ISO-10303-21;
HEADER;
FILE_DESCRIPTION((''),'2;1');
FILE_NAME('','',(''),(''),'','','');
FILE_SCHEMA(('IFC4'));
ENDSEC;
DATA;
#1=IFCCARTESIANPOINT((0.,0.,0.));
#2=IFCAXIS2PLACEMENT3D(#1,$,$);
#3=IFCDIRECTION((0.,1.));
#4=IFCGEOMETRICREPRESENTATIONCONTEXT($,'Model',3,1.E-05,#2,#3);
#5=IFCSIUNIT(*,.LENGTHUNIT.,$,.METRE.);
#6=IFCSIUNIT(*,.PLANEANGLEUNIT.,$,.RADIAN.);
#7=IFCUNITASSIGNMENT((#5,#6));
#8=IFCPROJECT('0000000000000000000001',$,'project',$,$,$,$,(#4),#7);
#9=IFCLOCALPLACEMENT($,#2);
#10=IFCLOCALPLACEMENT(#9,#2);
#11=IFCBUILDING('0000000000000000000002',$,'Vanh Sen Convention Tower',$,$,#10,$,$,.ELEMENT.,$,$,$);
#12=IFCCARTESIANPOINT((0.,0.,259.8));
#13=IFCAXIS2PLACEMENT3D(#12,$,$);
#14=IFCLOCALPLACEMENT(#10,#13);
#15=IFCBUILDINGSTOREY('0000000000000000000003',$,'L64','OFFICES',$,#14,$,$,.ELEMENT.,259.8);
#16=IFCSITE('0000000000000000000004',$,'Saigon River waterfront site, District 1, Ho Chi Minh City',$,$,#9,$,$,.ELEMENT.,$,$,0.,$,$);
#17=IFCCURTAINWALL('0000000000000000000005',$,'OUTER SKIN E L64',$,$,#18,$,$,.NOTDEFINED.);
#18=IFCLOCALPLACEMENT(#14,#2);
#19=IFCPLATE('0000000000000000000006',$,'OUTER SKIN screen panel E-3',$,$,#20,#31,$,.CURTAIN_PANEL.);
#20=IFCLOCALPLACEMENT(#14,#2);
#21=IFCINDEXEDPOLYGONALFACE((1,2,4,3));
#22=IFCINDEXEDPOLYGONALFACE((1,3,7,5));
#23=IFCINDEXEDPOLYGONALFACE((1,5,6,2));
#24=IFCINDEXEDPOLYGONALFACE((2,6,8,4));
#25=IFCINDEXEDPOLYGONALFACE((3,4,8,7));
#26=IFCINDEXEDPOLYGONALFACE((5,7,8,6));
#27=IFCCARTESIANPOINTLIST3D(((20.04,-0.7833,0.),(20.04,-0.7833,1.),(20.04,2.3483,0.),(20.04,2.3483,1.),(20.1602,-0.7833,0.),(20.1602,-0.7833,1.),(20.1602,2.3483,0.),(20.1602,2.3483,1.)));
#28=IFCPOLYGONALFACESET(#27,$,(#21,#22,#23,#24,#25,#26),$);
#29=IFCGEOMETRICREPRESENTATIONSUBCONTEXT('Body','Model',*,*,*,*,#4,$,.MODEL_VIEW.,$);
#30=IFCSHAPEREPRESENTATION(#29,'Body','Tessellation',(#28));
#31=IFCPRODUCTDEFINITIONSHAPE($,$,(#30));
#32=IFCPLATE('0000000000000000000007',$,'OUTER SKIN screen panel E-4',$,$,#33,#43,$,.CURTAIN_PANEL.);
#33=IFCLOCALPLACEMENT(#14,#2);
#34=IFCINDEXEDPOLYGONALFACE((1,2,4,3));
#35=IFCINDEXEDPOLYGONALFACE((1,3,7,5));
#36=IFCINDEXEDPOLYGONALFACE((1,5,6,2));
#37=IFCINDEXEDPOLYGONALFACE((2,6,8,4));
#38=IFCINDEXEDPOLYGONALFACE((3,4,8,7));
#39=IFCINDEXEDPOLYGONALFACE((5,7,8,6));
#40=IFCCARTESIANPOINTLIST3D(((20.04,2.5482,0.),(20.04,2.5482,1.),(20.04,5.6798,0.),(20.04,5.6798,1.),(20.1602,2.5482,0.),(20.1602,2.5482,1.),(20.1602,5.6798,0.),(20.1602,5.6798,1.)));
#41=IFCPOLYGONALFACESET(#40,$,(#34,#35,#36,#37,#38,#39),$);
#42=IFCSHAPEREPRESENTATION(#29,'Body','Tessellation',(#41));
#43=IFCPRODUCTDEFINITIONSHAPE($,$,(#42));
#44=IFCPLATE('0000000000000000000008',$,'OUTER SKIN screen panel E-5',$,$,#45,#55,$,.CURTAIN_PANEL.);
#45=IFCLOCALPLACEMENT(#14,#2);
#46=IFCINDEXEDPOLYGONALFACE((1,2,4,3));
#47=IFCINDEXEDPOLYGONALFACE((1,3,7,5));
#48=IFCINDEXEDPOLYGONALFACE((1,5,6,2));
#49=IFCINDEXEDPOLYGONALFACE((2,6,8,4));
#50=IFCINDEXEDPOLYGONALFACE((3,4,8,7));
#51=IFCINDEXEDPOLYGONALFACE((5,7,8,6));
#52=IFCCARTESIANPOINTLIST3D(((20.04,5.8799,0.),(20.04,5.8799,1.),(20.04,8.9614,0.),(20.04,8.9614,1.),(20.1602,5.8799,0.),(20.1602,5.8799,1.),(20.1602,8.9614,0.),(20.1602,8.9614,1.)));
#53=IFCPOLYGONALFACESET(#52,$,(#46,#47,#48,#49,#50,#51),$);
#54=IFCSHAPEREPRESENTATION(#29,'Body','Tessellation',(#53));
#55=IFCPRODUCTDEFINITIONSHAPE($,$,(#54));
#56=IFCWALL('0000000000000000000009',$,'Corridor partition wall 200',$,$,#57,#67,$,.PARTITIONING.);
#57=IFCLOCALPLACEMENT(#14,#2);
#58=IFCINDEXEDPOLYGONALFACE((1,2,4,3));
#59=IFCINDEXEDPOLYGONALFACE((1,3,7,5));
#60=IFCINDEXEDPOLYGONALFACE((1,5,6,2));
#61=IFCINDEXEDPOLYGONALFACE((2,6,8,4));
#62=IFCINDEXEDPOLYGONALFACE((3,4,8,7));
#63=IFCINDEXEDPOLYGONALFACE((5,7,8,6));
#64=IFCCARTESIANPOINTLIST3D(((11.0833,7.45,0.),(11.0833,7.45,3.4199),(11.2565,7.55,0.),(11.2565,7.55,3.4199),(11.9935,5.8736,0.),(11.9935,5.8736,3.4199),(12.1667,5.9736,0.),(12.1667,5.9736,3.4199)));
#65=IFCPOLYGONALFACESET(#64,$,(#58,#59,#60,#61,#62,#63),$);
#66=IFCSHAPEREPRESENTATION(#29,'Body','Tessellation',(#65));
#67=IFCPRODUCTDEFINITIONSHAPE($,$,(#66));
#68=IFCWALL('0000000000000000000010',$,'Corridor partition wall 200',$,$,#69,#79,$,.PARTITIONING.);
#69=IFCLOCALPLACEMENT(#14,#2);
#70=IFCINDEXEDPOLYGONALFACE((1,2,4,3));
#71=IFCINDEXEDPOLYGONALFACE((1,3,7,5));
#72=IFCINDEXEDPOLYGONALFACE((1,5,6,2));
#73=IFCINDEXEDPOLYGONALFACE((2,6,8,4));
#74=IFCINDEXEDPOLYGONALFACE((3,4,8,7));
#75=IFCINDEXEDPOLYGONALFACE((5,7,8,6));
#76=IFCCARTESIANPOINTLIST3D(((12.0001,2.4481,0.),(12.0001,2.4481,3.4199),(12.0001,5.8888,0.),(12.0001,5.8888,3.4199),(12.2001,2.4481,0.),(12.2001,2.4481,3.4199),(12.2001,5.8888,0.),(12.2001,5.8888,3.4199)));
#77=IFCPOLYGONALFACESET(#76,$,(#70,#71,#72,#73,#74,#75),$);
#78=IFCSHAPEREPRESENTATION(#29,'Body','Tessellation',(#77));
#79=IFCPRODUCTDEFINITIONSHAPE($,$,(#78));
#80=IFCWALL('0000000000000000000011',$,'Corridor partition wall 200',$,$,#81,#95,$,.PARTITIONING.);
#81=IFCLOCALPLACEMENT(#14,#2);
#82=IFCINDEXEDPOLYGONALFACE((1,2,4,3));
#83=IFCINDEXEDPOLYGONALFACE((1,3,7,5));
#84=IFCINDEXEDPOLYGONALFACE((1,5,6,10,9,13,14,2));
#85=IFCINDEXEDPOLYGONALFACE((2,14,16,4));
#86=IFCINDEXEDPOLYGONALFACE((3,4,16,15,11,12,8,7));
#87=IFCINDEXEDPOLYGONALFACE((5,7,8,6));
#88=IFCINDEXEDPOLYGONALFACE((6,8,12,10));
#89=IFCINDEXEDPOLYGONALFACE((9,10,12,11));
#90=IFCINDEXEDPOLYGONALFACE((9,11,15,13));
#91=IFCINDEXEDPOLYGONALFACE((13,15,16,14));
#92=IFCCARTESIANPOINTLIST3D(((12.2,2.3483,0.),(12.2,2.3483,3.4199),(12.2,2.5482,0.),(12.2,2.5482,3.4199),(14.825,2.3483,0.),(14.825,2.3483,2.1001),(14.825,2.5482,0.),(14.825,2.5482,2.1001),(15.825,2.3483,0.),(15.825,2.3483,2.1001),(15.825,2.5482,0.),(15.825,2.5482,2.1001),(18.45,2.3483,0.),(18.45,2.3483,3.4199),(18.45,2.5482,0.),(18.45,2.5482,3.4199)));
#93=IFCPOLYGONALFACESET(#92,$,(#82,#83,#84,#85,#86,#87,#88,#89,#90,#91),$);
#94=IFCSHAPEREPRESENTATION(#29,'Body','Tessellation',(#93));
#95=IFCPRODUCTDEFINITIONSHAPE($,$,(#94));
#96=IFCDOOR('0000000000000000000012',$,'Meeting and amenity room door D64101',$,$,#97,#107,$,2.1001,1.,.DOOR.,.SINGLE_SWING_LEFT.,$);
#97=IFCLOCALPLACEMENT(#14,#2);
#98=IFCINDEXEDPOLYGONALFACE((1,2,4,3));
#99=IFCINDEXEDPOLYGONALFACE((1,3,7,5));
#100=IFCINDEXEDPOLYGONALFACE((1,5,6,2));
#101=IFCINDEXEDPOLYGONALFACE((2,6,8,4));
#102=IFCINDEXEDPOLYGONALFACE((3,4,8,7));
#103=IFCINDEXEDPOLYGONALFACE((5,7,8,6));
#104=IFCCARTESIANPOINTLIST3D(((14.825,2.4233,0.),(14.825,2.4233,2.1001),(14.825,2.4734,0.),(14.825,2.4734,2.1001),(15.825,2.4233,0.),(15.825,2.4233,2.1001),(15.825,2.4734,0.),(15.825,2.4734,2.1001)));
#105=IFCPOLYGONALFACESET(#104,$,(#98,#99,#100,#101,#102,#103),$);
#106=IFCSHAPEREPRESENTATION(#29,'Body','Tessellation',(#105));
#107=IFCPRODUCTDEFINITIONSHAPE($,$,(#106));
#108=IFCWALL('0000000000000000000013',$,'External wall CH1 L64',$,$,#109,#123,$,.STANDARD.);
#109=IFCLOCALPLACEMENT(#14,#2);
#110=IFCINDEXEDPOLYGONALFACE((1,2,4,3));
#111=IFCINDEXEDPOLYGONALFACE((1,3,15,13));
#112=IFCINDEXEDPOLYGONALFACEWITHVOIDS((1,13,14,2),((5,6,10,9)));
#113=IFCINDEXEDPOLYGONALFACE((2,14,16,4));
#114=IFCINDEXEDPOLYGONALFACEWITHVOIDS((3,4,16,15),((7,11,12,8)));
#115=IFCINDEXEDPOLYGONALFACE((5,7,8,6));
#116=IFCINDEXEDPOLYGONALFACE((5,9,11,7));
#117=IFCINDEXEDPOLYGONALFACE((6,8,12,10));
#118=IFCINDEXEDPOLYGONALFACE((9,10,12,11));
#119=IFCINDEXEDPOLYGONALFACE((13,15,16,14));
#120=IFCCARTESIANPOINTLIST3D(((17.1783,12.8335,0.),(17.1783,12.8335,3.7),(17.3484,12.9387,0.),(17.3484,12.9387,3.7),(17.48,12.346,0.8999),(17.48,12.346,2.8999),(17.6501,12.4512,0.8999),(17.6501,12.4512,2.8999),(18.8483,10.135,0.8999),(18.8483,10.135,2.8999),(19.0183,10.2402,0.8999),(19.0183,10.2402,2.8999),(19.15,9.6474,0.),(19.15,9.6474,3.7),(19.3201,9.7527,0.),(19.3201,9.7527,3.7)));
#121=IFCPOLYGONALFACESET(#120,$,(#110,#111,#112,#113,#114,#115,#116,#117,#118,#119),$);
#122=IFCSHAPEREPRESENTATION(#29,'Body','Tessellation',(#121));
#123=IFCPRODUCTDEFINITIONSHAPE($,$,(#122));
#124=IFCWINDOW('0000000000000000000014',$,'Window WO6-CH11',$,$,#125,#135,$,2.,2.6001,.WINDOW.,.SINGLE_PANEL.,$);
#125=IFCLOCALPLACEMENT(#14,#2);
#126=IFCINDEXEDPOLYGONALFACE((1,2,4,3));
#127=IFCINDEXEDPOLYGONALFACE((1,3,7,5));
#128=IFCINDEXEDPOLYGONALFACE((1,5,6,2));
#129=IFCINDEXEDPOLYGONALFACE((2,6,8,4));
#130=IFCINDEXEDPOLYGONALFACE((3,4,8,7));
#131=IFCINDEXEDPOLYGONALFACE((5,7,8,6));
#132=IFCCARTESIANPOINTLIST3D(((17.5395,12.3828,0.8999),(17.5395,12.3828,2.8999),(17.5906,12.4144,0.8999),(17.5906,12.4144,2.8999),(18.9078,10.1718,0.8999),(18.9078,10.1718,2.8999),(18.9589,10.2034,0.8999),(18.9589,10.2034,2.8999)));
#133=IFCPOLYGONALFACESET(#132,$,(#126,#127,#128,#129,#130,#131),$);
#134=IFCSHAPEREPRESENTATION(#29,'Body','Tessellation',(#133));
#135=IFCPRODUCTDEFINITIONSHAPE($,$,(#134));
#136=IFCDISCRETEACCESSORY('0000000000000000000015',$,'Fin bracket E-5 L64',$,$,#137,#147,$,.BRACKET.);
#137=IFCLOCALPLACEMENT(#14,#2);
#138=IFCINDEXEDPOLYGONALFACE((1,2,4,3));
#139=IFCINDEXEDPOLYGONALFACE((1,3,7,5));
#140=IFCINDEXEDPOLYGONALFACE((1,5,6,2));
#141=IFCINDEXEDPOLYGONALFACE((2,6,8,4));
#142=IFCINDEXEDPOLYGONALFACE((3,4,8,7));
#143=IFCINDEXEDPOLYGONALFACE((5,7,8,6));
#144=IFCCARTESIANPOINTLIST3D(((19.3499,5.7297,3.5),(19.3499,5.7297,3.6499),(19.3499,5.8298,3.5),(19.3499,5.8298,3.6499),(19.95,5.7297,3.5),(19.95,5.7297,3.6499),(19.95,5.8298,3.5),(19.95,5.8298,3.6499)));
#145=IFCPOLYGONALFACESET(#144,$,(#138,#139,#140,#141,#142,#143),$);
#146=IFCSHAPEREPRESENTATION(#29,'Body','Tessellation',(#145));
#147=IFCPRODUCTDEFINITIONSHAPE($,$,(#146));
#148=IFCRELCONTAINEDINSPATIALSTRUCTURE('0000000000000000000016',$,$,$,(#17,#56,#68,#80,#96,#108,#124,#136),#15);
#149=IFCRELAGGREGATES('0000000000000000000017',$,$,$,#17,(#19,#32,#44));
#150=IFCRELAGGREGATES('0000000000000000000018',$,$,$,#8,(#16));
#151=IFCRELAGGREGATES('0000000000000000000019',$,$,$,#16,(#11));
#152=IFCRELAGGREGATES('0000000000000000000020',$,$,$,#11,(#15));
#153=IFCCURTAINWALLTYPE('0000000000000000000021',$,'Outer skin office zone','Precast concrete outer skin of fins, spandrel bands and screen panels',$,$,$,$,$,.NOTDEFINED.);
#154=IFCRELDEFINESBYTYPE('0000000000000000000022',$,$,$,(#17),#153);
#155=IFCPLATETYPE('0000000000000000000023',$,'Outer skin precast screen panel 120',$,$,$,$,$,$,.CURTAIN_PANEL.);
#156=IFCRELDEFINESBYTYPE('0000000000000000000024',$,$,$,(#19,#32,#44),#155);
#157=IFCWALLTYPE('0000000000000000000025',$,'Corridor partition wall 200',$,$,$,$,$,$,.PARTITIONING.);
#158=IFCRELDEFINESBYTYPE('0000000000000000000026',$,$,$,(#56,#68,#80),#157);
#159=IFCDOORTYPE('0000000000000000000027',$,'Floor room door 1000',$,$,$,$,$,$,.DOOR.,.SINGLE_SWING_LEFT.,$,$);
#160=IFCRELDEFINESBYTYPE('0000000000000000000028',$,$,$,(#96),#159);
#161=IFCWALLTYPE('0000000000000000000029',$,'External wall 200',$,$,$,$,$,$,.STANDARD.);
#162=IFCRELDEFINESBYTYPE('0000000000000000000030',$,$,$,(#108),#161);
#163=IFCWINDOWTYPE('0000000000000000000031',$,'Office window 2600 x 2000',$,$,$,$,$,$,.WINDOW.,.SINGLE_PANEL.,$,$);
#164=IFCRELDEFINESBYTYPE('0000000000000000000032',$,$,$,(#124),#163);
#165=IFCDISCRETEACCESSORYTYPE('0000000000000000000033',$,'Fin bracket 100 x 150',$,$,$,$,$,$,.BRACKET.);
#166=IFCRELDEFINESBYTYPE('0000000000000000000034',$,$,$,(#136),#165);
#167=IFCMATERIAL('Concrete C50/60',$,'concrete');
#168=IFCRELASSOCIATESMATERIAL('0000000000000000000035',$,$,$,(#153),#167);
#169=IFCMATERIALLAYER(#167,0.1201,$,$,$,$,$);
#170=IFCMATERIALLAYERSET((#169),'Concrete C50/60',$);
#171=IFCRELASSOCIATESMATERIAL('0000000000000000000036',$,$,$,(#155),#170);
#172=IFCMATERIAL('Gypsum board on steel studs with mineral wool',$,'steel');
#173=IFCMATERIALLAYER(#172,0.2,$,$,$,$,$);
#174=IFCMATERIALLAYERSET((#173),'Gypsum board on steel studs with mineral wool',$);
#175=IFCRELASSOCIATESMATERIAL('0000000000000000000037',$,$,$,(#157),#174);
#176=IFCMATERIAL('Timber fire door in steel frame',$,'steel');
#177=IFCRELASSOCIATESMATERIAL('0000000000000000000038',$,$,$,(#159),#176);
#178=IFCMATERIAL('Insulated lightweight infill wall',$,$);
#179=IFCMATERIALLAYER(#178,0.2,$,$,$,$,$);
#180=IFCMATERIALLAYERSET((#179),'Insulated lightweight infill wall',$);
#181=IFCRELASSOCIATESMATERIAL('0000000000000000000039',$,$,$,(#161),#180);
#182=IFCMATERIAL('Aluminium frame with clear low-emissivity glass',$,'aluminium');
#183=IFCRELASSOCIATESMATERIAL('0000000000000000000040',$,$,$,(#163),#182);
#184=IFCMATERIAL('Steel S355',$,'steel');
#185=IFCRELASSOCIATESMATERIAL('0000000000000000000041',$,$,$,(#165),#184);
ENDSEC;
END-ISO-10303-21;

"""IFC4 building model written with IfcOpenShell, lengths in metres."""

from ifc_helpers import new_model, si_unit, direction, frame, frame_2d, origin, origin_2d, place, context, subcontext, project, spatial, rectangle, extrude, material, layer, layer_set, type_object, element, fill, aggregate, save


model = new_model("IFC4")

# Units and contexts
model_context = context("Model", 3, precision=1e-05, world=origin(), true_north=direction((0.0, 1.0)))
body_context = subcontext(model_context, "Body", "Model", "MODEL_VIEW")
ifc_project = project(units=[si_unit("LENGTHUNIT", "METRE"), si_unit("PLANEANGLEUNIT", "RADIAN")], contexts=[model_context])

# Site, building, storey
site_placement = place(None, origin())
site = spatial("IfcSite", under=ifc_project, at=site_placement, Name="Saigon River waterfront site, District 1, Ho Chi Minh City", CompositionType="ELEMENT", RefElevation=0.0)
building_placement = place(site_placement, origin())
building = spatial("IfcBuilding", under=site, at=building_placement, Name="Vanh Sen Convention Tower", CompositionType="ELEMENT")
storey_placement = place(building_placement, frame((0.0, 0.0, 259.8)))
storey = spatial("IfcBuildingStorey", under=building, at=storey_placement, Name="L64", Description="OFFICES", CompositionType="ELEMENT", Elevation=259.8)

# Curtain wall
ifc_material_1 = material(Name="Concrete C50/60", Category="concrete")
curtain_wall_type = type_object("IfcCurtainWallType", Name="Outer skin office zone", Description="Precast concrete outer skin of fins, spandrel bands and screen panels", PredefinedType="NOTDEFINED", material=ifc_material_1)
curtain_wall_1_placement = place(storey_placement, origin())
curtain_wall_1 = element("IfcCurtainWall", 1, at=curtain_wall_1_placement, inside=storey, type_object=curtain_wall_type, Name="OUTER SKIN E L64", PredefinedType="NOTDEFINED")

# Plates
ifc_layer_1 = layer(ifc_material_1, 0.1201)
ifc_layer_set_1 = layer_set([ifc_layer_1], Name="Concrete C50/60")
plate_type = type_object("IfcPlateType", Name="Outer skin precast screen panel 120", PredefinedType="CURTAIN_PANEL", material=ifc_layer_set_1)
plate_1_placement = place(storey_placement, frame((20.1001, 0.7825, 0.0), z_axis=(0.0, 0.0, 1.0), x_axis=(0.0, 1.0, 0.0)))
plate_1 = element("IfcPlate", 2, at=plate_1_placement, type_object=plate_type, Name="OUTER SKIN screen panel E-3", PredefinedType="CURTAIN_PANEL", context=body_context, shape_type="SweptSolid", body=[
    extrude(rectangle(XDim=3.1316, YDim=0.1201, at=origin_2d()), origin(), (0.0, 0.0, 1.0), 1.0),
])
plate_2_placement = place(storey_placement, frame((20.1001, 4.114, 0.0), z_axis=(0.0, 0.0, 1.0), x_axis=(0.0, 1.0, 0.0)))
plate_2 = element("IfcPlate", 3, at=plate_2_placement, type_object=plate_type, Name="OUTER SKIN screen panel E-4", PredefinedType="CURTAIN_PANEL", context=body_context, shape_type="SweptSolid", body=[
    extrude(rectangle(XDim=3.1316, YDim=0.1201, at=origin_2d()), origin(), (0.0, 0.0, 1.0), 1.0),
])
plate_3_placement = place(storey_placement, frame((20.1001, 7.4207, 0.0), z_axis=(0.0, 0.0, 1.0), x_axis=(0.0, 1.0, 0.0)))
plate_3 = element("IfcPlate", 4, at=plate_3_placement, type_object=plate_type, Name="OUTER SKIN screen panel E-5", PredefinedType="CURTAIN_PANEL", context=body_context, shape_type="SweptSolid", body=[
    extrude(rectangle(XDim=3.0815, YDim=0.1201, at=origin_2d()), origin(), (0.0, 0.0, 1.0), 1.0),
])
aggregate(curtain_wall_1, [plate_1, plate_2, plate_3])

# Walls
ifc_material_2 = material(Name="Gypsum board on steel studs with mineral wool", Category="steel")
ifc_layer_2 = layer(ifc_material_2, 0.2)
ifc_layer_set_2 = layer_set([ifc_layer_2], Name="Gypsum board on steel studs with mineral wool")
wall_type_1 = type_object("IfcWallType", Name="Corridor partition wall 200", PredefinedType="PARTITIONING", material=ifc_layer_set_2)
wall_1_placement = place(storey_placement, frame((12.0801, 5.9236, 0.0), z_axis=(0.0, 0.0, 1.0), x_axis=(-0.500005, 0.866023, 0.0)))
element("IfcWall", 5, at=wall_1_placement, inside=storey, type_object=wall_type_1, Name="Corridor partition wall 200", PredefinedType="PARTITIONING", context=body_context, shape_type="SweptSolid", body=[
    extrude(rectangle(XDim=1.8203, YDim=0.2, at=frame_2d((0.9102, 0.0))), origin(), (0.0, 0.0, 1.0), 3.4199),
])
wall_2_placement = place(storey_placement, frame((12.1001, 2.4482, 0.0), z_axis=(0.0, 0.0, 1.0), x_axis=(0.0, 1.0, 0.0)))
element("IfcWall", 6, at=wall_2_placement, inside=storey, type_object=wall_type_1, Name="Corridor partition wall 200", PredefinedType="PARTITIONING", context=body_context, shape_type="SweptSolid", body=[
    extrude(rectangle(XDim=3.4407, YDim=0.2, at=frame_2d((1.7202, 0.0))), origin(), (0.0, 0.0, 1.0), 3.4199),
])

# Wall, opening, door
wall_3_placement = place(storey_placement, frame((18.45, 2.4482, 0.0), z_axis=(0.0, 0.0, 1.0), x_axis=(-1.0, 0.0, 0.0)))
wall_3 = element("IfcWall", 7, at=wall_3_placement, inside=storey, type_object=wall_type_1, Name="Corridor partition wall 200", PredefinedType="PARTITIONING", context=body_context, shape_type="SweptSolid", body=[
    extrude(rectangle(XDim=6.25, YDim=0.2, at=frame_2d((3.125, 0.0))), origin(), (0.0, 0.0, 1.0), 3.4199),
])
opening_1_placement = place(wall_3_placement, frame((2.625, 0.0, 0.0)))
opening_1 = element("IfcOpeningElement", 8, at=opening_1_placement, cuts=wall_3, PredefinedType="OPENING", context=body_context, shape_type="SweptSolid", body=[
    extrude(rectangle(XDim=1.0, YDim=2.1001, at=frame_2d((0.5, 1.05))), frame((0.0, 0.1099, 0.0), z_axis=(0.0, -1.0, 0.0), x_axis=(1.0, 0.0, 0.0)), (0.0, 0.0, 1.0), 0.22),
])
ifc_material_3 = material(Name="Timber fire door in steel frame", Category="steel")
door_type = type_object("IfcDoorType", Name="Floor room door 1000", OperationType="SINGLE_SWING_LEFT", PredefinedType="DOOR", material=ifc_material_3)
door_placement = place(opening_1_placement, origin())
door = element("IfcDoor", 9, at=door_placement, inside=storey, type_object=door_type, Name="Meeting and amenity room door D64101", OperationType="SINGLE_SWING_LEFT", OverallHeight=2.1001, OverallWidth=1.0, PredefinedType="DOOR", context=body_context, shape_type="SweptSolid", body=[
    extrude(rectangle(XDim=1.0, YDim=2.1001, at=frame_2d((0.5, 1.05))), frame((0.0, 0.0249, 0.0), z_axis=(0.0, -1.0, 0.0), x_axis=(1.0, 0.0, 0.0)), (0.0, 0.0, 1.0), 0.05),
])
fill(opening_1, door)

# Wall, opening, window
ifc_material_4 = material(Name="Insulated lightweight infill wall")
ifc_layer_3 = layer(ifc_material_4, 0.2)
ifc_layer_set_3 = layer_set([ifc_layer_3], Name="Insulated lightweight infill wall")
wall_type_2 = type_object("IfcWallType", Name="External wall 200", PredefinedType="STANDARD", material=ifc_layer_set_3)
wall_4_placement = place(storey_placement, frame((19.2351, 9.7, 0.0), z_axis=(0.0, 0.0, 1.0), x_axis=(-0.526233, 0.85034, 0.0)))
wall_4 = element("IfcWall", 10, at=wall_4_placement, inside=storey, type_object=wall_type_2, Name="External wall CH1 L64", PredefinedType="STANDARD", context=body_context, shape_type="SweptSolid", body=[
    extrude(rectangle(XDim=3.7468, YDim=0.2, at=frame_2d((1.8735, 0.0))), origin(), (0.0, 0.0, 1.0), 3.7),
])
opening_2_placement = place(wall_4_placement, frame((0.5735, 0.0, 0.8999)))
opening_2 = element("IfcOpeningElement", 11, at=opening_2_placement, cuts=wall_4, PredefinedType="OPENING", context=body_context, shape_type="SweptSolid", body=[
    extrude(rectangle(XDim=2.6001, YDim=2.0, at=frame_2d((1.3, 1.0))), frame((0.0, 0.1099, 0.0), z_axis=(0.0, -1.0, 0.0), x_axis=(1.0, 0.0, 0.0)), (0.0, 0.0, 1.0), 0.22),
])
ifc_material_5 = material(Name="Aluminium frame with clear low-emissivity glass", Category="aluminium")
window_type = type_object("IfcWindowType", Name="Office window 2600 x 2000", PartitioningType="SINGLE_PANEL", PredefinedType="WINDOW", material=ifc_material_5)
window_placement = place(opening_2_placement, origin())
window = element("IfcWindow", 12, at=window_placement, inside=storey, type_object=window_type, Name="Window WO6-CH11", OverallHeight=2.0, OverallWidth=2.6001, PartitioningType="SINGLE_PANEL", PredefinedType="WINDOW", context=body_context, shape_type="SweptSolid", body=[
    extrude(rectangle(XDim=2.6001, YDim=2.0, at=frame_2d((1.3, 1.0))), frame((0.0, 0.03, 0.0), z_axis=(0.0, -1.0, 0.0), x_axis=(1.0, 0.0, 0.0)), (0.0, 0.0, 1.0), 0.0601),
])
fill(opening_2, window)

# Discrete accessory
ifc_material_6 = material(Name="Steel S355", Category="steel")
discrete_accessory_type = type_object("IfcDiscreteAccessoryType", Name="Fin bracket 100 x 150", PredefinedType="BRACKET", material=ifc_material_6)
discrete_accessory_placement = place(storey_placement, frame((19.6499, 5.7798, 3.5), z_axis=(0.0, 0.0, 1.0), x_axis=(1.0, 0.0, 0.0)))
element("IfcDiscreteAccessory", 13, at=discrete_accessory_placement, inside=storey, type_object=discrete_accessory_type, Name="Fin bracket E-5 L64", PredefinedType="BRACKET", context=body_context, shape_type="SweptSolid", body=[
    extrude(rectangle(XDim=0.6001, YDim=0.1001, at=origin_2d()), origin(), (0.0, 0.0, 1.0), 0.1499),
])

save(model, "model.ifc")
